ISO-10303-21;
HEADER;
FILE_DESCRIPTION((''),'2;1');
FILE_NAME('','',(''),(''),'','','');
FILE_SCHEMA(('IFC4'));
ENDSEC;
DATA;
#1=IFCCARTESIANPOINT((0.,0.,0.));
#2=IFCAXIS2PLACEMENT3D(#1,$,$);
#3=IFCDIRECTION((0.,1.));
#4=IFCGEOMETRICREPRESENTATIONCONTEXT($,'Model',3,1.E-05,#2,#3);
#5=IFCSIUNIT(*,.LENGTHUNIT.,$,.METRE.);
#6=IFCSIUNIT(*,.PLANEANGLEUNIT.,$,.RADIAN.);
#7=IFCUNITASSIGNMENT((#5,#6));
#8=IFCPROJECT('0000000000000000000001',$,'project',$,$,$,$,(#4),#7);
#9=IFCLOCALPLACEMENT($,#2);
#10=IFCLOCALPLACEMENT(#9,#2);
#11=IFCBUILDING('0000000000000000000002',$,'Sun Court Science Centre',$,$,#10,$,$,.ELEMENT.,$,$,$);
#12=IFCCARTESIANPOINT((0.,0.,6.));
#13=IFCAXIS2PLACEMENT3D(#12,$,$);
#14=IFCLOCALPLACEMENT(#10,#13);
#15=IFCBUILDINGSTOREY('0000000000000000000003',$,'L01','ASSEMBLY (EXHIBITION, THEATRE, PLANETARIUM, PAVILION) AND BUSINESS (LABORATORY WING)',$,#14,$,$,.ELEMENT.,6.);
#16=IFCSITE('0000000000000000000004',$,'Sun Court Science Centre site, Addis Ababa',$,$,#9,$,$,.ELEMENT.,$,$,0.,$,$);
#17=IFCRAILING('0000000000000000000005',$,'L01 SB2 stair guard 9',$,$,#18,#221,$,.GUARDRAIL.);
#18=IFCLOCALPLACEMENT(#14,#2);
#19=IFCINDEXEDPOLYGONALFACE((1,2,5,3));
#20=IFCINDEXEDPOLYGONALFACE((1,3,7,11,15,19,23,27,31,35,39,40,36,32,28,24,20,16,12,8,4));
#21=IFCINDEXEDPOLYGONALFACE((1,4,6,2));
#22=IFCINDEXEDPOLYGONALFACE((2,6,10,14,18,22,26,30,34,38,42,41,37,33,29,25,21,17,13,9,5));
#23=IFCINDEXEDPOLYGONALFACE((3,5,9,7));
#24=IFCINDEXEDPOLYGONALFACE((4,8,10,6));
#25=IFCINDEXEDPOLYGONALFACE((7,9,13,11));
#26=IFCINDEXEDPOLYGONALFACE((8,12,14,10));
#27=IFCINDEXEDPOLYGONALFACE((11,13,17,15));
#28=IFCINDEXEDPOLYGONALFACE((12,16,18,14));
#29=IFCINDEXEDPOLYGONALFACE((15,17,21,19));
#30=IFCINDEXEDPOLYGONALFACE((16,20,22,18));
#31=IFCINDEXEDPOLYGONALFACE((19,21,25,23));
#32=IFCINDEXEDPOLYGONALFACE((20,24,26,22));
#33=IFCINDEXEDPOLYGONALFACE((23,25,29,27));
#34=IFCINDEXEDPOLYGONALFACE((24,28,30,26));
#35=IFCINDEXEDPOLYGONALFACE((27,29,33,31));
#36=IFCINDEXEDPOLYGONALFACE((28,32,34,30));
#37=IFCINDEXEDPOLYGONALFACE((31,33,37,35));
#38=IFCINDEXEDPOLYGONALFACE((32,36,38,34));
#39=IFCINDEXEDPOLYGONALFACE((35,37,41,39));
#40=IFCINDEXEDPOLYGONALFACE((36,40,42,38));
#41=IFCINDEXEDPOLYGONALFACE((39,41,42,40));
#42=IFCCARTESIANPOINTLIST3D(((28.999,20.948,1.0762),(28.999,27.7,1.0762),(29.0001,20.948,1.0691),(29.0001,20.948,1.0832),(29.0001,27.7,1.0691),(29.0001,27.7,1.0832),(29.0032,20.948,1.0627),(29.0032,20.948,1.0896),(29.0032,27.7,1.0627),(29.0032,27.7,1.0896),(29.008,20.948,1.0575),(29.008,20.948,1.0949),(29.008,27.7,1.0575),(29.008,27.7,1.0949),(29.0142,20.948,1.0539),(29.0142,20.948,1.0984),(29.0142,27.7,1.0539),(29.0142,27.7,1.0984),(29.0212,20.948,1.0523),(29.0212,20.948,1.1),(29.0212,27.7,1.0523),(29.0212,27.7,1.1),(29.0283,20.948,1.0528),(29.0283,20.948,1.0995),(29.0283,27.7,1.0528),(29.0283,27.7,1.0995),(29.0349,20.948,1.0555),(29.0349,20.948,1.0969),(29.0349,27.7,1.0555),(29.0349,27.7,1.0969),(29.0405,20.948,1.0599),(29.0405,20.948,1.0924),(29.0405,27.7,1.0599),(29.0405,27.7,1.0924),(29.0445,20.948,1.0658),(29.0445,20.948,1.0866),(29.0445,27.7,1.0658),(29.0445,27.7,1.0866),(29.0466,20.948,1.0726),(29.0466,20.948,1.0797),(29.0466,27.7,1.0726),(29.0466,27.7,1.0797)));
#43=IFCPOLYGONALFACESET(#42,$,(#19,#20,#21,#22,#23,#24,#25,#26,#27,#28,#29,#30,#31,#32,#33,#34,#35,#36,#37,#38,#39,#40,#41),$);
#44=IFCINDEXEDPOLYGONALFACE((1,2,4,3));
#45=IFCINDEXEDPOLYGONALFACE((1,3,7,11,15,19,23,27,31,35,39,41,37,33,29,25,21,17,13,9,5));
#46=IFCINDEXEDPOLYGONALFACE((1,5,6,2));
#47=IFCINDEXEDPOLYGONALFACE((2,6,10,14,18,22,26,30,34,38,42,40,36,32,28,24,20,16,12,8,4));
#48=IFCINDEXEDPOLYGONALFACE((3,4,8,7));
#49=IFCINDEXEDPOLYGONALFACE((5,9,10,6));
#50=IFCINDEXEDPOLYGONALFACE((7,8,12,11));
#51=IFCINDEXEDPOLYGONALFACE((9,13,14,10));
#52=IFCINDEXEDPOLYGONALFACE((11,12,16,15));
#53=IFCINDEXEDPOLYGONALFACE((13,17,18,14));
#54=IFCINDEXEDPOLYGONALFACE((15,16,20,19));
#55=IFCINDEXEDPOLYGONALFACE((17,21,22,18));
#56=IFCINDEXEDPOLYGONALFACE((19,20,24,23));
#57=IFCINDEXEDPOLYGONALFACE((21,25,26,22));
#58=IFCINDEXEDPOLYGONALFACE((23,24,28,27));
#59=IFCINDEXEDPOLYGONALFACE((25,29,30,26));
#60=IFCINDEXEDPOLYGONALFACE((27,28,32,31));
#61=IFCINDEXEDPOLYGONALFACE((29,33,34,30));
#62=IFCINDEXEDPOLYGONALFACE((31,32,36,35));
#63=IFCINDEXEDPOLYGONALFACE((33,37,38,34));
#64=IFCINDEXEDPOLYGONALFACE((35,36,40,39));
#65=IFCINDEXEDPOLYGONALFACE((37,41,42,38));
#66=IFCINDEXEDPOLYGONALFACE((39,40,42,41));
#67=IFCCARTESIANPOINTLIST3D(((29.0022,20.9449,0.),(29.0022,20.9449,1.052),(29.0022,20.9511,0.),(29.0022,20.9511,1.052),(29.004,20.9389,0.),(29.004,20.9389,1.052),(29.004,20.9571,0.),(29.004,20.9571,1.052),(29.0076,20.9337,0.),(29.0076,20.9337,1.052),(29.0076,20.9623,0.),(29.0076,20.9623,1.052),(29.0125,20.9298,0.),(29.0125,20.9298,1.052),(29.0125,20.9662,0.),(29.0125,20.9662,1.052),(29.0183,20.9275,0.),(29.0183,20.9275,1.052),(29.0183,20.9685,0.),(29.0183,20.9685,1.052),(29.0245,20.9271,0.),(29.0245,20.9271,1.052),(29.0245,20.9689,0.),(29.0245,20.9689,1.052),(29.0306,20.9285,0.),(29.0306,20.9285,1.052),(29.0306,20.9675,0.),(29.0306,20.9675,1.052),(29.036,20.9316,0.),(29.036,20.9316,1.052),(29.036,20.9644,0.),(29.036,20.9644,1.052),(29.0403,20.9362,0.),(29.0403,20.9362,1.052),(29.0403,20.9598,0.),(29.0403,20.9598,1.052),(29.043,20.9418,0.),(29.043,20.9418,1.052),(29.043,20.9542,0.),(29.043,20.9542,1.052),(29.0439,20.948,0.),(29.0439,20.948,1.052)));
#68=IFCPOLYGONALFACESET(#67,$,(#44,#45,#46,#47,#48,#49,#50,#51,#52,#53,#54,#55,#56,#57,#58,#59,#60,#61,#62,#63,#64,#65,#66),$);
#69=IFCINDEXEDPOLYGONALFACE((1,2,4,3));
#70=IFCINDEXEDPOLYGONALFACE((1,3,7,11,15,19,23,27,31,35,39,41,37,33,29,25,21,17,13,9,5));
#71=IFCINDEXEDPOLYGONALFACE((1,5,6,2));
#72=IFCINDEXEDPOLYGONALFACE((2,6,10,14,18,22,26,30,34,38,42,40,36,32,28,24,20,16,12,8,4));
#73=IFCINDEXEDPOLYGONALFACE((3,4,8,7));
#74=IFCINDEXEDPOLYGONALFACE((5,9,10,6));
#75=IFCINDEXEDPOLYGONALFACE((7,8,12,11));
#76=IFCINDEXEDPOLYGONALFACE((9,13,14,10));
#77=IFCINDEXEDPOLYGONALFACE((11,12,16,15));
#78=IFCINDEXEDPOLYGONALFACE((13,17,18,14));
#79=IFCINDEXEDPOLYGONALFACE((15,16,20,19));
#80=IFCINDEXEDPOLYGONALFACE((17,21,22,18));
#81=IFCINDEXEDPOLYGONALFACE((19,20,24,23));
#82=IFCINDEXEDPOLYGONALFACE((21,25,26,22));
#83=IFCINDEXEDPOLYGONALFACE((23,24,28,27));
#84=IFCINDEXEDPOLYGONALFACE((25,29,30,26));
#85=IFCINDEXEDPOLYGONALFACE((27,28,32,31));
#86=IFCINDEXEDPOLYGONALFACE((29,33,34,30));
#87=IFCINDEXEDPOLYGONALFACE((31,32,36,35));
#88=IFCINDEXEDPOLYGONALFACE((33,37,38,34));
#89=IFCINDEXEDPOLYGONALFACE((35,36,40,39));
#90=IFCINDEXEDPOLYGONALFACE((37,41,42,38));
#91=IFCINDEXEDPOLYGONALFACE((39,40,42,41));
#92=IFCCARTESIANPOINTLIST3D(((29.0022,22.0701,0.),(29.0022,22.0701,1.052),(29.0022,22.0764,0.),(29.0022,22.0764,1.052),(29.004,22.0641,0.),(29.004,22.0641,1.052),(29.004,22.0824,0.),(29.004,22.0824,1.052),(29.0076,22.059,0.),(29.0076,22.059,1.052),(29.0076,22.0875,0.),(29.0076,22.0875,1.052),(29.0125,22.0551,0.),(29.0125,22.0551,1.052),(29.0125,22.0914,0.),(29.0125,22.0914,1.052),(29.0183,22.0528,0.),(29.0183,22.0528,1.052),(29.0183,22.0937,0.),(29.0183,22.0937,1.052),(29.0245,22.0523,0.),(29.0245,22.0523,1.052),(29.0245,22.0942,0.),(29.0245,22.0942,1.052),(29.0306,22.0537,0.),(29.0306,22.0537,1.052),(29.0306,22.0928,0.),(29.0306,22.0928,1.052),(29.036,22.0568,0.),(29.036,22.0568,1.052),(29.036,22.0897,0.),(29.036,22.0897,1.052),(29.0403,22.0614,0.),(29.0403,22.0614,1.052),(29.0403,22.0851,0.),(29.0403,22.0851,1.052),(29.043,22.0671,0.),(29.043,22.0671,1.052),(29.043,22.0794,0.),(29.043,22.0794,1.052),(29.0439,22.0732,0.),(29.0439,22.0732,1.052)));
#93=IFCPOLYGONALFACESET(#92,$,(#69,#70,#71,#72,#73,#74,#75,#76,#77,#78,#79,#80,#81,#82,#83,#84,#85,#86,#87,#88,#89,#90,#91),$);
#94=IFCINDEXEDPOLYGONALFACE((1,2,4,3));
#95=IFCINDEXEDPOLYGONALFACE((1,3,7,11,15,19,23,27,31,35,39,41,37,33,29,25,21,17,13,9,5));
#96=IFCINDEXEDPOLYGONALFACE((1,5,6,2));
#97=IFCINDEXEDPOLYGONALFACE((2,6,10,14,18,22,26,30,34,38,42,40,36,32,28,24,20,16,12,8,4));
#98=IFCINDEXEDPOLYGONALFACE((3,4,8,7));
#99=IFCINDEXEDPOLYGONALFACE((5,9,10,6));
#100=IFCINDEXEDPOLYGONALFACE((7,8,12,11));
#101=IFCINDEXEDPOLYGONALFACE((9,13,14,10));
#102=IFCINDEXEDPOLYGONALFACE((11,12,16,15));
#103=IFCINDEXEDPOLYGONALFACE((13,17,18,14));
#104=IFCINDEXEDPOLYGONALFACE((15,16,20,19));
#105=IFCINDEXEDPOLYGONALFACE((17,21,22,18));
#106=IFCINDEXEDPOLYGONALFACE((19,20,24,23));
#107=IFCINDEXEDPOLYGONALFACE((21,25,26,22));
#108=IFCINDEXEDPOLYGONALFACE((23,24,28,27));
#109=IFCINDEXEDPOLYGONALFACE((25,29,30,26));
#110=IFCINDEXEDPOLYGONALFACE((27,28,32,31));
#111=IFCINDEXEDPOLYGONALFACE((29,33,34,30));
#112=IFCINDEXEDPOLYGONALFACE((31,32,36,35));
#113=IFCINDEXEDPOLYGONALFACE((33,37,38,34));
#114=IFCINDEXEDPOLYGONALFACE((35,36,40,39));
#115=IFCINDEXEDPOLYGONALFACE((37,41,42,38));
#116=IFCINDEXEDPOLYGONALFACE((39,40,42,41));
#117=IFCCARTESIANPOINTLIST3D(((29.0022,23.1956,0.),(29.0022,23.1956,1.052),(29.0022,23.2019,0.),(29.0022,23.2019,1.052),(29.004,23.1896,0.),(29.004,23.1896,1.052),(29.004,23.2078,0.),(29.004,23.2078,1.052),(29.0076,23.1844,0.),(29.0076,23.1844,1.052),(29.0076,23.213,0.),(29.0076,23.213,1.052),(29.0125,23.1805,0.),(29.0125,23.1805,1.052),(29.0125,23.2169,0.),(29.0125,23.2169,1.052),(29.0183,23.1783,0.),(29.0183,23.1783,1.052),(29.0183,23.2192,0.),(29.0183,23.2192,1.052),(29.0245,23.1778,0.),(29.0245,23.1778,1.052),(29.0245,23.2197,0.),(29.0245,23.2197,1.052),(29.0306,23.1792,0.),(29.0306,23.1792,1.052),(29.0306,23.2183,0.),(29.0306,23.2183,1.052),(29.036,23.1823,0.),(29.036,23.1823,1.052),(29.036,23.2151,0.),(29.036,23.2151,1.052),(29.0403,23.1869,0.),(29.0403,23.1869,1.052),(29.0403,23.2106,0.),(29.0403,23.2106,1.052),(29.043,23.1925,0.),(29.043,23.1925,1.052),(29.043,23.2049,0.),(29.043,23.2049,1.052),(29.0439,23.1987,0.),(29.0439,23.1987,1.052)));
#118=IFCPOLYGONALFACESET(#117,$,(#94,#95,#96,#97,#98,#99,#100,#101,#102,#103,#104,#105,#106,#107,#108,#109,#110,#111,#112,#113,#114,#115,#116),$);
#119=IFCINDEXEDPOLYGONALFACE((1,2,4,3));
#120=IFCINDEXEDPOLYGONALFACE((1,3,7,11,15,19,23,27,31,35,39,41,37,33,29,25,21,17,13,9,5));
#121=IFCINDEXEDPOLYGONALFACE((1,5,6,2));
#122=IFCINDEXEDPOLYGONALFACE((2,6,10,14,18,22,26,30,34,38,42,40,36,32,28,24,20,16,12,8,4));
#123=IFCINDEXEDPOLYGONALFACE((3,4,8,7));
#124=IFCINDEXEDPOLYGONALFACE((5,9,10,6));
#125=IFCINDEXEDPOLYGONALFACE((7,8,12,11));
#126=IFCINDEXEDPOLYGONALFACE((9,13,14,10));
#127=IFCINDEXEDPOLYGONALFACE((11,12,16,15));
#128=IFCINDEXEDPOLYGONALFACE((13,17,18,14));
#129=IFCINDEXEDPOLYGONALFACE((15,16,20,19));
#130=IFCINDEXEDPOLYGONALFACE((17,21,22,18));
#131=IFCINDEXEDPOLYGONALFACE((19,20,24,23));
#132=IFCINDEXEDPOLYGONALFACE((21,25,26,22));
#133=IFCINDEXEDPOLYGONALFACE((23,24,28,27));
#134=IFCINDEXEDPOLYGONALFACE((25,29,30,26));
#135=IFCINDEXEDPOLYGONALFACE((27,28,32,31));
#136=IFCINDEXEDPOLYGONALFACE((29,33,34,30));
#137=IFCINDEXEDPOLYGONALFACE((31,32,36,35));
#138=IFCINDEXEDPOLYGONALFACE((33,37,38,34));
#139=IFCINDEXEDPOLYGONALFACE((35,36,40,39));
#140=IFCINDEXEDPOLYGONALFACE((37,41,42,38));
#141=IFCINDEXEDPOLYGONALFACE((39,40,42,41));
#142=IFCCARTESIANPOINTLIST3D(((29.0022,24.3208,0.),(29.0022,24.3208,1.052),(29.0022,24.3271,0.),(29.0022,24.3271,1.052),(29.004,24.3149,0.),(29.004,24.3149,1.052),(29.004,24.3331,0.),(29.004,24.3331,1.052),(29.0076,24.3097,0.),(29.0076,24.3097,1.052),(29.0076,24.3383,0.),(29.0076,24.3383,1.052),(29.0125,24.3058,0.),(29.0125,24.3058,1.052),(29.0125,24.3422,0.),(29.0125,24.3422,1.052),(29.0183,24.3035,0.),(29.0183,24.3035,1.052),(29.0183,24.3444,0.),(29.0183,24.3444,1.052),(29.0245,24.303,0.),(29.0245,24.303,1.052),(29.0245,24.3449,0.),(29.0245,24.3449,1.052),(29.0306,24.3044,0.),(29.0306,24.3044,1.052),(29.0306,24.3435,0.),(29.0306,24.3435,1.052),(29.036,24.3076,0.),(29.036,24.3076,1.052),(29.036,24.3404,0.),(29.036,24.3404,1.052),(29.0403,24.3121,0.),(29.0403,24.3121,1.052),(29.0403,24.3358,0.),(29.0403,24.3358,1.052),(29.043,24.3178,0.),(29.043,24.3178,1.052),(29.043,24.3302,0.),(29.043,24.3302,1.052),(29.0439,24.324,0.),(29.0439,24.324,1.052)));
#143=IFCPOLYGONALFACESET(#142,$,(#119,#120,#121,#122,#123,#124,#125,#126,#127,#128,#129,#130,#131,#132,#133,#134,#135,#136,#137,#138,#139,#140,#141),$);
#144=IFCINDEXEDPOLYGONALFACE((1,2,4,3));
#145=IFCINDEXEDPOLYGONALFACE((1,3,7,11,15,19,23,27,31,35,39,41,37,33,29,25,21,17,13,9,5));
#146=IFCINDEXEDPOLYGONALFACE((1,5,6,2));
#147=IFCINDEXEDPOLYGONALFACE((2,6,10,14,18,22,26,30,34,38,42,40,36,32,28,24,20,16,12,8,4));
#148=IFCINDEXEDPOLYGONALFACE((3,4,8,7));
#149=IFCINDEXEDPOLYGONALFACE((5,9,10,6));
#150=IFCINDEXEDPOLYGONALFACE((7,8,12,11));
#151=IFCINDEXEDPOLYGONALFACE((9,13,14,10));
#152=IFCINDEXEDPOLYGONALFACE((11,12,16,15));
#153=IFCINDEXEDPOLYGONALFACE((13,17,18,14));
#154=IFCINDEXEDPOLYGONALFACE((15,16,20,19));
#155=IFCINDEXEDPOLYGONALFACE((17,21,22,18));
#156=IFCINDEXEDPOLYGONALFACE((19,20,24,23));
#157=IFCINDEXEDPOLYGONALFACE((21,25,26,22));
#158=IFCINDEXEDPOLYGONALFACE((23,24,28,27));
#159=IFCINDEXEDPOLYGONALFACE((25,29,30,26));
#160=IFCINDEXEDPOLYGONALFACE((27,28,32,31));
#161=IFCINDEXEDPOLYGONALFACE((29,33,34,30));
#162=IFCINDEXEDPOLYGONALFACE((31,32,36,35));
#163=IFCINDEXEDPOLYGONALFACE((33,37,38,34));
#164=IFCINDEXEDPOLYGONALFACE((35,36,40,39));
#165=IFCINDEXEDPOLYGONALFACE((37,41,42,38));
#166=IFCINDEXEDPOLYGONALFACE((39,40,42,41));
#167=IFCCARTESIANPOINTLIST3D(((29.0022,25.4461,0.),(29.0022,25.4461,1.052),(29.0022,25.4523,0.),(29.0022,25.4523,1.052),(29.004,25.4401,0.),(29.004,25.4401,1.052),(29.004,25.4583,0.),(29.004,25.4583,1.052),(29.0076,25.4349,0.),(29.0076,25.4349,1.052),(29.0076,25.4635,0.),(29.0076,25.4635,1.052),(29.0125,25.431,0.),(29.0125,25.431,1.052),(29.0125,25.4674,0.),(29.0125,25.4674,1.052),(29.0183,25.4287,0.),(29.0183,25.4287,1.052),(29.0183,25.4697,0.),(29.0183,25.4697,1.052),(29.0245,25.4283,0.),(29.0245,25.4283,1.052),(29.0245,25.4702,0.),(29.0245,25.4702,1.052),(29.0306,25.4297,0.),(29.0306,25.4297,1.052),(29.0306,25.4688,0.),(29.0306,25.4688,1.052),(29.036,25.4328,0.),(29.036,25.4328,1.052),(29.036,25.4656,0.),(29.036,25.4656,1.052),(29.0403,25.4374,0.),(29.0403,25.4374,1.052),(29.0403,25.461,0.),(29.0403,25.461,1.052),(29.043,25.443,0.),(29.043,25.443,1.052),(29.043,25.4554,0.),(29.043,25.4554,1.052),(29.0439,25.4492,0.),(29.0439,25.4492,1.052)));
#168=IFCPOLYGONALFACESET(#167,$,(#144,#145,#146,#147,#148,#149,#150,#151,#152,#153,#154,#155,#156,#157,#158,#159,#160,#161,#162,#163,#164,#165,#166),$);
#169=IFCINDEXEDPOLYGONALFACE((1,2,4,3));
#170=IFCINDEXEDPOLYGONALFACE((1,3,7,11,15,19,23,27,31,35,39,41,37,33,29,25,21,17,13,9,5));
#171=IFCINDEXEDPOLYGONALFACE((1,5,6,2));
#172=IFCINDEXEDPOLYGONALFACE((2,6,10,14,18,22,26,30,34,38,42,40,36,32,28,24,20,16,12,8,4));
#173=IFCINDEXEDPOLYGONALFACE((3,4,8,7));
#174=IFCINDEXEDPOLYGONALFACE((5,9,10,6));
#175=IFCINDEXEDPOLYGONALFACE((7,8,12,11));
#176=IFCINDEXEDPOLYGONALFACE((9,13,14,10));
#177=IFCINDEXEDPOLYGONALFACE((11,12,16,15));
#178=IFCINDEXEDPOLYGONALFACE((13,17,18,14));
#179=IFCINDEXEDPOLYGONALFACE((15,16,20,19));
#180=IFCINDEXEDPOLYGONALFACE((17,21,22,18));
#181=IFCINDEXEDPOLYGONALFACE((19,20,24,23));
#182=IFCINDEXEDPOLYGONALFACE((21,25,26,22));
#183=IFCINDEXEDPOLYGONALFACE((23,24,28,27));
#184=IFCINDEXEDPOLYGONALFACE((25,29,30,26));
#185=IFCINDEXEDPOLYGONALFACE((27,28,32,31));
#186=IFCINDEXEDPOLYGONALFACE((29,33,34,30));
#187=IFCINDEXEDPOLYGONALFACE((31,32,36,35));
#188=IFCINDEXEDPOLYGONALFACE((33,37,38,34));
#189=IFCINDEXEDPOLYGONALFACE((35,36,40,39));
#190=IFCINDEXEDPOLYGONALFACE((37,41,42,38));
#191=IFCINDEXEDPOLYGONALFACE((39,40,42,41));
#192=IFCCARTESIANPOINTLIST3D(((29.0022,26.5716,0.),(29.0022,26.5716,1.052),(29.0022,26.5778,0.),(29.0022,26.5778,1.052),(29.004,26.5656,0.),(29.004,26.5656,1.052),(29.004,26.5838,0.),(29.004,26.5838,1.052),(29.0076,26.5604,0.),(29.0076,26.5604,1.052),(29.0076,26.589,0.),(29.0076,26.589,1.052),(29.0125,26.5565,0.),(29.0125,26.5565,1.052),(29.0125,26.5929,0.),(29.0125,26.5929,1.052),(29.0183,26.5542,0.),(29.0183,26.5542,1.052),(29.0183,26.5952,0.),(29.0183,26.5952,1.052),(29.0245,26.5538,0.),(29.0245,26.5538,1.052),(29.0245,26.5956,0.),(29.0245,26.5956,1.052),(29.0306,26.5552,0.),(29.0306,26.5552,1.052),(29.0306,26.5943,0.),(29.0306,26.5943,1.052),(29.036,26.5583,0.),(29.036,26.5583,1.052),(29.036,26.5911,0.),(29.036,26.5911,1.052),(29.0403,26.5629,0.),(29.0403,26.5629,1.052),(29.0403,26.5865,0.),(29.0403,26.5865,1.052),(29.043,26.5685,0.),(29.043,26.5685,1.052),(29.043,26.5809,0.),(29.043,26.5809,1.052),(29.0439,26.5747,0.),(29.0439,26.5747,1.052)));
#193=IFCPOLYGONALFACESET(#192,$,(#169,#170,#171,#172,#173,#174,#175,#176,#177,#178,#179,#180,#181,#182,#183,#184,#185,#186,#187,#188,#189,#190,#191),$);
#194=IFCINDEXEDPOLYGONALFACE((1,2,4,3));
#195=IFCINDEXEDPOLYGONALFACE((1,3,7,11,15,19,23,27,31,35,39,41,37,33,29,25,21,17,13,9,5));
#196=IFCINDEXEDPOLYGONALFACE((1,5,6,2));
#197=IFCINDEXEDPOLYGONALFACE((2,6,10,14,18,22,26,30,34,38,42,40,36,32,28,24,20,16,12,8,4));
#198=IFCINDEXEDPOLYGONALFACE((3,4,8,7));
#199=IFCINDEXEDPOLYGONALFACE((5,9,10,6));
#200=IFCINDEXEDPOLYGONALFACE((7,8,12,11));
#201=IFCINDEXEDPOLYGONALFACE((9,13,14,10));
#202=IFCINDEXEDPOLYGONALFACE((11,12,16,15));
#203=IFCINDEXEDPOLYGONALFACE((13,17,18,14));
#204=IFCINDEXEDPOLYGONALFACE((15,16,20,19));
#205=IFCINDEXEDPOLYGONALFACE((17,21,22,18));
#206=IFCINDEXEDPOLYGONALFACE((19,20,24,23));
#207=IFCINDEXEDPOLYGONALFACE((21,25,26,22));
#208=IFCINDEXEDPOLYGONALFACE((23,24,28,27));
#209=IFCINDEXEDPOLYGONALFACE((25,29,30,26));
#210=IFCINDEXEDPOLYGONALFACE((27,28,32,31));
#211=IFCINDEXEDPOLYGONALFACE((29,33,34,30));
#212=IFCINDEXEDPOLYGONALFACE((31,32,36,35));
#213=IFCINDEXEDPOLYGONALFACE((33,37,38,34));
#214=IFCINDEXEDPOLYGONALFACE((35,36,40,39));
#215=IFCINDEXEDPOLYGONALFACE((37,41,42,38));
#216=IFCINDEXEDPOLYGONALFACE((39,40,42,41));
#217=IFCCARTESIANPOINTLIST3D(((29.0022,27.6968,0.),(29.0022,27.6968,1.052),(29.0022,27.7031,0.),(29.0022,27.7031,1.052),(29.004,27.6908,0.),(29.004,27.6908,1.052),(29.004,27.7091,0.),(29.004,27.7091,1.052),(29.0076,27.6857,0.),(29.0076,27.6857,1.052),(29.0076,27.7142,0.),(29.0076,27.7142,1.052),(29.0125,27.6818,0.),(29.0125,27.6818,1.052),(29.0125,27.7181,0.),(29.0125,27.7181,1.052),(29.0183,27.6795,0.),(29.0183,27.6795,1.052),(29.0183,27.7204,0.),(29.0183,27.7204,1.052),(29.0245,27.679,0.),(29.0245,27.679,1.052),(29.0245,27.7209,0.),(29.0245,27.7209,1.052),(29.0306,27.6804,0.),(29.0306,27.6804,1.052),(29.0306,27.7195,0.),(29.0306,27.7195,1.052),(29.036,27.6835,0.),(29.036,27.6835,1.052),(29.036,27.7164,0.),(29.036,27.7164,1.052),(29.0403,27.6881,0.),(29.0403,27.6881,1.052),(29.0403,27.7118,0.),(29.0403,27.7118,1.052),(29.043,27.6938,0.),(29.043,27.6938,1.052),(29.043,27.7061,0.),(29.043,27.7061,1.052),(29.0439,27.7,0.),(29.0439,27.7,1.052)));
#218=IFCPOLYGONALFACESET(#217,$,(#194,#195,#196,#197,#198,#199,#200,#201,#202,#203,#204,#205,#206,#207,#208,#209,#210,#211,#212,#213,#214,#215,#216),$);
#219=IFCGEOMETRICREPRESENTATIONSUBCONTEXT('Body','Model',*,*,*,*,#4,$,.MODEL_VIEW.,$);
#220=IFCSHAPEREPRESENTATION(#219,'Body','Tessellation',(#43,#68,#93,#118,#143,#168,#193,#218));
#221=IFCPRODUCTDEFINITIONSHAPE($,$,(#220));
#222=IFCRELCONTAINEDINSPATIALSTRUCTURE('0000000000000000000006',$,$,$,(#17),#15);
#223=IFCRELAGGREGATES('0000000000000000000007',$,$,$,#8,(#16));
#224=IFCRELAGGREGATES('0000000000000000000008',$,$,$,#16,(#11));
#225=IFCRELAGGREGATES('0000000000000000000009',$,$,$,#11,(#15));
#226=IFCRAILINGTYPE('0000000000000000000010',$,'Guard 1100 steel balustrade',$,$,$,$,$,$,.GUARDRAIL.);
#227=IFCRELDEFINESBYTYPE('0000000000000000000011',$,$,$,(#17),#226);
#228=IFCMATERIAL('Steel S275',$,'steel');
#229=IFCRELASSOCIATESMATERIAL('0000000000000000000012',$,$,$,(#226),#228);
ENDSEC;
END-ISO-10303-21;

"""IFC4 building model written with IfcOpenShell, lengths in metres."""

from ifc_helpers import new_model, si_unit, direction, frame, origin, origin_2d, place, context, subcontext, project, spatial, circle, extrude, material, type_object, element, save


model = new_model("IFC4")

# Units and contexts
model_context = context("Model", 3, precision=1e-05, world=origin(), true_north=direction((0.0, 1.0)))
body_context = subcontext(model_context, "Body", "Model", "MODEL_VIEW")
ifc_project = project(units=[si_unit("LENGTHUNIT", "METRE"), si_unit("PLANEANGLEUNIT", "RADIAN")], contexts=[model_context])

# Site, building, storey
site_placement = place(None, origin())
site = spatial("IfcSite", under=ifc_project, at=site_placement, Name="Sun Court Science Centre site, Addis Ababa", CompositionType="ELEMENT", RefElevation=0.0)
building_placement = place(site_placement, origin())
building = spatial("IfcBuilding", under=site, at=building_placement, Name="Sun Court Science Centre", CompositionType="ELEMENT")
storey_placement = place(building_placement, frame((0.0, 0.0, 6.0)))
storey = spatial("IfcBuildingStorey", under=building, at=storey_placement, Name="L01", Description="ASSEMBLY (EXHIBITION, THEATRE, PLANETARIUM, PAVILION) AND BUSINESS (LABORATORY WING)", CompositionType="ELEMENT", Elevation=6.0)

# Railing
ifc_material_1 = material(Name="Steel S275", Category="steel")
railing_type_1 = type_object("IfcRailingType", Name="Guard 1100 steel balustrade", PredefinedType="GUARDRAIL", material=ifc_material_1)
railing_1_placement = place(storey_placement, frame((29.0229, 20.948, 0.0)))
element("IfcRailing", 1, at=railing_1_placement, inside=storey, type_object=railing_type_1, Name="L01 SB2 stair guard 9", PredefinedType="GUARDRAIL", context=body_context, shape_type="SweptSolid", body=[
    extrude(circle(Radius=0.0239, at=origin_2d()), frame((0.0, 0.0, 1.0762), z_axis=(0.0, 1.0, 0.0), x_axis=(-1.0, 0.0, 0.0)), (0.0, 0.0, 1.0), 6.752),
    extrude(circle(Radius=0.021, at=origin_2d()), origin(), (0.0, 0.0, 1.0), 1.052),
    extrude(circle(Radius=0.021, at=origin_2d()), frame((0.0, 1.1252, 0.0)), (0.0, 0.0, 1.0), 1.052),
    extrude(circle(Radius=0.021, at=origin_2d()), frame((0.0, 2.2507, 0.0)), (0.0, 0.0, 1.0), 1.052),
    extrude(circle(Radius=0.021, at=origin_2d()), frame((0.0, 3.376, 0.0)), (0.0, 0.0, 1.0), 1.052),
    extrude(circle(Radius=0.021, at=origin_2d()), frame((0.0, 4.5012, 0.0)), (0.0, 0.0, 1.0), 1.052),
    extrude(circle(Radius=0.021, at=origin_2d()), frame((0.0, 5.6267, 0.0)), (0.0, 0.0, 1.0), 1.052),
    extrude(circle(Radius=0.021, at=origin_2d()), frame((0.0, 6.752, 0.0)), (0.0, 0.0, 1.0), 1.052),
])

save(model, "model.ifc")
